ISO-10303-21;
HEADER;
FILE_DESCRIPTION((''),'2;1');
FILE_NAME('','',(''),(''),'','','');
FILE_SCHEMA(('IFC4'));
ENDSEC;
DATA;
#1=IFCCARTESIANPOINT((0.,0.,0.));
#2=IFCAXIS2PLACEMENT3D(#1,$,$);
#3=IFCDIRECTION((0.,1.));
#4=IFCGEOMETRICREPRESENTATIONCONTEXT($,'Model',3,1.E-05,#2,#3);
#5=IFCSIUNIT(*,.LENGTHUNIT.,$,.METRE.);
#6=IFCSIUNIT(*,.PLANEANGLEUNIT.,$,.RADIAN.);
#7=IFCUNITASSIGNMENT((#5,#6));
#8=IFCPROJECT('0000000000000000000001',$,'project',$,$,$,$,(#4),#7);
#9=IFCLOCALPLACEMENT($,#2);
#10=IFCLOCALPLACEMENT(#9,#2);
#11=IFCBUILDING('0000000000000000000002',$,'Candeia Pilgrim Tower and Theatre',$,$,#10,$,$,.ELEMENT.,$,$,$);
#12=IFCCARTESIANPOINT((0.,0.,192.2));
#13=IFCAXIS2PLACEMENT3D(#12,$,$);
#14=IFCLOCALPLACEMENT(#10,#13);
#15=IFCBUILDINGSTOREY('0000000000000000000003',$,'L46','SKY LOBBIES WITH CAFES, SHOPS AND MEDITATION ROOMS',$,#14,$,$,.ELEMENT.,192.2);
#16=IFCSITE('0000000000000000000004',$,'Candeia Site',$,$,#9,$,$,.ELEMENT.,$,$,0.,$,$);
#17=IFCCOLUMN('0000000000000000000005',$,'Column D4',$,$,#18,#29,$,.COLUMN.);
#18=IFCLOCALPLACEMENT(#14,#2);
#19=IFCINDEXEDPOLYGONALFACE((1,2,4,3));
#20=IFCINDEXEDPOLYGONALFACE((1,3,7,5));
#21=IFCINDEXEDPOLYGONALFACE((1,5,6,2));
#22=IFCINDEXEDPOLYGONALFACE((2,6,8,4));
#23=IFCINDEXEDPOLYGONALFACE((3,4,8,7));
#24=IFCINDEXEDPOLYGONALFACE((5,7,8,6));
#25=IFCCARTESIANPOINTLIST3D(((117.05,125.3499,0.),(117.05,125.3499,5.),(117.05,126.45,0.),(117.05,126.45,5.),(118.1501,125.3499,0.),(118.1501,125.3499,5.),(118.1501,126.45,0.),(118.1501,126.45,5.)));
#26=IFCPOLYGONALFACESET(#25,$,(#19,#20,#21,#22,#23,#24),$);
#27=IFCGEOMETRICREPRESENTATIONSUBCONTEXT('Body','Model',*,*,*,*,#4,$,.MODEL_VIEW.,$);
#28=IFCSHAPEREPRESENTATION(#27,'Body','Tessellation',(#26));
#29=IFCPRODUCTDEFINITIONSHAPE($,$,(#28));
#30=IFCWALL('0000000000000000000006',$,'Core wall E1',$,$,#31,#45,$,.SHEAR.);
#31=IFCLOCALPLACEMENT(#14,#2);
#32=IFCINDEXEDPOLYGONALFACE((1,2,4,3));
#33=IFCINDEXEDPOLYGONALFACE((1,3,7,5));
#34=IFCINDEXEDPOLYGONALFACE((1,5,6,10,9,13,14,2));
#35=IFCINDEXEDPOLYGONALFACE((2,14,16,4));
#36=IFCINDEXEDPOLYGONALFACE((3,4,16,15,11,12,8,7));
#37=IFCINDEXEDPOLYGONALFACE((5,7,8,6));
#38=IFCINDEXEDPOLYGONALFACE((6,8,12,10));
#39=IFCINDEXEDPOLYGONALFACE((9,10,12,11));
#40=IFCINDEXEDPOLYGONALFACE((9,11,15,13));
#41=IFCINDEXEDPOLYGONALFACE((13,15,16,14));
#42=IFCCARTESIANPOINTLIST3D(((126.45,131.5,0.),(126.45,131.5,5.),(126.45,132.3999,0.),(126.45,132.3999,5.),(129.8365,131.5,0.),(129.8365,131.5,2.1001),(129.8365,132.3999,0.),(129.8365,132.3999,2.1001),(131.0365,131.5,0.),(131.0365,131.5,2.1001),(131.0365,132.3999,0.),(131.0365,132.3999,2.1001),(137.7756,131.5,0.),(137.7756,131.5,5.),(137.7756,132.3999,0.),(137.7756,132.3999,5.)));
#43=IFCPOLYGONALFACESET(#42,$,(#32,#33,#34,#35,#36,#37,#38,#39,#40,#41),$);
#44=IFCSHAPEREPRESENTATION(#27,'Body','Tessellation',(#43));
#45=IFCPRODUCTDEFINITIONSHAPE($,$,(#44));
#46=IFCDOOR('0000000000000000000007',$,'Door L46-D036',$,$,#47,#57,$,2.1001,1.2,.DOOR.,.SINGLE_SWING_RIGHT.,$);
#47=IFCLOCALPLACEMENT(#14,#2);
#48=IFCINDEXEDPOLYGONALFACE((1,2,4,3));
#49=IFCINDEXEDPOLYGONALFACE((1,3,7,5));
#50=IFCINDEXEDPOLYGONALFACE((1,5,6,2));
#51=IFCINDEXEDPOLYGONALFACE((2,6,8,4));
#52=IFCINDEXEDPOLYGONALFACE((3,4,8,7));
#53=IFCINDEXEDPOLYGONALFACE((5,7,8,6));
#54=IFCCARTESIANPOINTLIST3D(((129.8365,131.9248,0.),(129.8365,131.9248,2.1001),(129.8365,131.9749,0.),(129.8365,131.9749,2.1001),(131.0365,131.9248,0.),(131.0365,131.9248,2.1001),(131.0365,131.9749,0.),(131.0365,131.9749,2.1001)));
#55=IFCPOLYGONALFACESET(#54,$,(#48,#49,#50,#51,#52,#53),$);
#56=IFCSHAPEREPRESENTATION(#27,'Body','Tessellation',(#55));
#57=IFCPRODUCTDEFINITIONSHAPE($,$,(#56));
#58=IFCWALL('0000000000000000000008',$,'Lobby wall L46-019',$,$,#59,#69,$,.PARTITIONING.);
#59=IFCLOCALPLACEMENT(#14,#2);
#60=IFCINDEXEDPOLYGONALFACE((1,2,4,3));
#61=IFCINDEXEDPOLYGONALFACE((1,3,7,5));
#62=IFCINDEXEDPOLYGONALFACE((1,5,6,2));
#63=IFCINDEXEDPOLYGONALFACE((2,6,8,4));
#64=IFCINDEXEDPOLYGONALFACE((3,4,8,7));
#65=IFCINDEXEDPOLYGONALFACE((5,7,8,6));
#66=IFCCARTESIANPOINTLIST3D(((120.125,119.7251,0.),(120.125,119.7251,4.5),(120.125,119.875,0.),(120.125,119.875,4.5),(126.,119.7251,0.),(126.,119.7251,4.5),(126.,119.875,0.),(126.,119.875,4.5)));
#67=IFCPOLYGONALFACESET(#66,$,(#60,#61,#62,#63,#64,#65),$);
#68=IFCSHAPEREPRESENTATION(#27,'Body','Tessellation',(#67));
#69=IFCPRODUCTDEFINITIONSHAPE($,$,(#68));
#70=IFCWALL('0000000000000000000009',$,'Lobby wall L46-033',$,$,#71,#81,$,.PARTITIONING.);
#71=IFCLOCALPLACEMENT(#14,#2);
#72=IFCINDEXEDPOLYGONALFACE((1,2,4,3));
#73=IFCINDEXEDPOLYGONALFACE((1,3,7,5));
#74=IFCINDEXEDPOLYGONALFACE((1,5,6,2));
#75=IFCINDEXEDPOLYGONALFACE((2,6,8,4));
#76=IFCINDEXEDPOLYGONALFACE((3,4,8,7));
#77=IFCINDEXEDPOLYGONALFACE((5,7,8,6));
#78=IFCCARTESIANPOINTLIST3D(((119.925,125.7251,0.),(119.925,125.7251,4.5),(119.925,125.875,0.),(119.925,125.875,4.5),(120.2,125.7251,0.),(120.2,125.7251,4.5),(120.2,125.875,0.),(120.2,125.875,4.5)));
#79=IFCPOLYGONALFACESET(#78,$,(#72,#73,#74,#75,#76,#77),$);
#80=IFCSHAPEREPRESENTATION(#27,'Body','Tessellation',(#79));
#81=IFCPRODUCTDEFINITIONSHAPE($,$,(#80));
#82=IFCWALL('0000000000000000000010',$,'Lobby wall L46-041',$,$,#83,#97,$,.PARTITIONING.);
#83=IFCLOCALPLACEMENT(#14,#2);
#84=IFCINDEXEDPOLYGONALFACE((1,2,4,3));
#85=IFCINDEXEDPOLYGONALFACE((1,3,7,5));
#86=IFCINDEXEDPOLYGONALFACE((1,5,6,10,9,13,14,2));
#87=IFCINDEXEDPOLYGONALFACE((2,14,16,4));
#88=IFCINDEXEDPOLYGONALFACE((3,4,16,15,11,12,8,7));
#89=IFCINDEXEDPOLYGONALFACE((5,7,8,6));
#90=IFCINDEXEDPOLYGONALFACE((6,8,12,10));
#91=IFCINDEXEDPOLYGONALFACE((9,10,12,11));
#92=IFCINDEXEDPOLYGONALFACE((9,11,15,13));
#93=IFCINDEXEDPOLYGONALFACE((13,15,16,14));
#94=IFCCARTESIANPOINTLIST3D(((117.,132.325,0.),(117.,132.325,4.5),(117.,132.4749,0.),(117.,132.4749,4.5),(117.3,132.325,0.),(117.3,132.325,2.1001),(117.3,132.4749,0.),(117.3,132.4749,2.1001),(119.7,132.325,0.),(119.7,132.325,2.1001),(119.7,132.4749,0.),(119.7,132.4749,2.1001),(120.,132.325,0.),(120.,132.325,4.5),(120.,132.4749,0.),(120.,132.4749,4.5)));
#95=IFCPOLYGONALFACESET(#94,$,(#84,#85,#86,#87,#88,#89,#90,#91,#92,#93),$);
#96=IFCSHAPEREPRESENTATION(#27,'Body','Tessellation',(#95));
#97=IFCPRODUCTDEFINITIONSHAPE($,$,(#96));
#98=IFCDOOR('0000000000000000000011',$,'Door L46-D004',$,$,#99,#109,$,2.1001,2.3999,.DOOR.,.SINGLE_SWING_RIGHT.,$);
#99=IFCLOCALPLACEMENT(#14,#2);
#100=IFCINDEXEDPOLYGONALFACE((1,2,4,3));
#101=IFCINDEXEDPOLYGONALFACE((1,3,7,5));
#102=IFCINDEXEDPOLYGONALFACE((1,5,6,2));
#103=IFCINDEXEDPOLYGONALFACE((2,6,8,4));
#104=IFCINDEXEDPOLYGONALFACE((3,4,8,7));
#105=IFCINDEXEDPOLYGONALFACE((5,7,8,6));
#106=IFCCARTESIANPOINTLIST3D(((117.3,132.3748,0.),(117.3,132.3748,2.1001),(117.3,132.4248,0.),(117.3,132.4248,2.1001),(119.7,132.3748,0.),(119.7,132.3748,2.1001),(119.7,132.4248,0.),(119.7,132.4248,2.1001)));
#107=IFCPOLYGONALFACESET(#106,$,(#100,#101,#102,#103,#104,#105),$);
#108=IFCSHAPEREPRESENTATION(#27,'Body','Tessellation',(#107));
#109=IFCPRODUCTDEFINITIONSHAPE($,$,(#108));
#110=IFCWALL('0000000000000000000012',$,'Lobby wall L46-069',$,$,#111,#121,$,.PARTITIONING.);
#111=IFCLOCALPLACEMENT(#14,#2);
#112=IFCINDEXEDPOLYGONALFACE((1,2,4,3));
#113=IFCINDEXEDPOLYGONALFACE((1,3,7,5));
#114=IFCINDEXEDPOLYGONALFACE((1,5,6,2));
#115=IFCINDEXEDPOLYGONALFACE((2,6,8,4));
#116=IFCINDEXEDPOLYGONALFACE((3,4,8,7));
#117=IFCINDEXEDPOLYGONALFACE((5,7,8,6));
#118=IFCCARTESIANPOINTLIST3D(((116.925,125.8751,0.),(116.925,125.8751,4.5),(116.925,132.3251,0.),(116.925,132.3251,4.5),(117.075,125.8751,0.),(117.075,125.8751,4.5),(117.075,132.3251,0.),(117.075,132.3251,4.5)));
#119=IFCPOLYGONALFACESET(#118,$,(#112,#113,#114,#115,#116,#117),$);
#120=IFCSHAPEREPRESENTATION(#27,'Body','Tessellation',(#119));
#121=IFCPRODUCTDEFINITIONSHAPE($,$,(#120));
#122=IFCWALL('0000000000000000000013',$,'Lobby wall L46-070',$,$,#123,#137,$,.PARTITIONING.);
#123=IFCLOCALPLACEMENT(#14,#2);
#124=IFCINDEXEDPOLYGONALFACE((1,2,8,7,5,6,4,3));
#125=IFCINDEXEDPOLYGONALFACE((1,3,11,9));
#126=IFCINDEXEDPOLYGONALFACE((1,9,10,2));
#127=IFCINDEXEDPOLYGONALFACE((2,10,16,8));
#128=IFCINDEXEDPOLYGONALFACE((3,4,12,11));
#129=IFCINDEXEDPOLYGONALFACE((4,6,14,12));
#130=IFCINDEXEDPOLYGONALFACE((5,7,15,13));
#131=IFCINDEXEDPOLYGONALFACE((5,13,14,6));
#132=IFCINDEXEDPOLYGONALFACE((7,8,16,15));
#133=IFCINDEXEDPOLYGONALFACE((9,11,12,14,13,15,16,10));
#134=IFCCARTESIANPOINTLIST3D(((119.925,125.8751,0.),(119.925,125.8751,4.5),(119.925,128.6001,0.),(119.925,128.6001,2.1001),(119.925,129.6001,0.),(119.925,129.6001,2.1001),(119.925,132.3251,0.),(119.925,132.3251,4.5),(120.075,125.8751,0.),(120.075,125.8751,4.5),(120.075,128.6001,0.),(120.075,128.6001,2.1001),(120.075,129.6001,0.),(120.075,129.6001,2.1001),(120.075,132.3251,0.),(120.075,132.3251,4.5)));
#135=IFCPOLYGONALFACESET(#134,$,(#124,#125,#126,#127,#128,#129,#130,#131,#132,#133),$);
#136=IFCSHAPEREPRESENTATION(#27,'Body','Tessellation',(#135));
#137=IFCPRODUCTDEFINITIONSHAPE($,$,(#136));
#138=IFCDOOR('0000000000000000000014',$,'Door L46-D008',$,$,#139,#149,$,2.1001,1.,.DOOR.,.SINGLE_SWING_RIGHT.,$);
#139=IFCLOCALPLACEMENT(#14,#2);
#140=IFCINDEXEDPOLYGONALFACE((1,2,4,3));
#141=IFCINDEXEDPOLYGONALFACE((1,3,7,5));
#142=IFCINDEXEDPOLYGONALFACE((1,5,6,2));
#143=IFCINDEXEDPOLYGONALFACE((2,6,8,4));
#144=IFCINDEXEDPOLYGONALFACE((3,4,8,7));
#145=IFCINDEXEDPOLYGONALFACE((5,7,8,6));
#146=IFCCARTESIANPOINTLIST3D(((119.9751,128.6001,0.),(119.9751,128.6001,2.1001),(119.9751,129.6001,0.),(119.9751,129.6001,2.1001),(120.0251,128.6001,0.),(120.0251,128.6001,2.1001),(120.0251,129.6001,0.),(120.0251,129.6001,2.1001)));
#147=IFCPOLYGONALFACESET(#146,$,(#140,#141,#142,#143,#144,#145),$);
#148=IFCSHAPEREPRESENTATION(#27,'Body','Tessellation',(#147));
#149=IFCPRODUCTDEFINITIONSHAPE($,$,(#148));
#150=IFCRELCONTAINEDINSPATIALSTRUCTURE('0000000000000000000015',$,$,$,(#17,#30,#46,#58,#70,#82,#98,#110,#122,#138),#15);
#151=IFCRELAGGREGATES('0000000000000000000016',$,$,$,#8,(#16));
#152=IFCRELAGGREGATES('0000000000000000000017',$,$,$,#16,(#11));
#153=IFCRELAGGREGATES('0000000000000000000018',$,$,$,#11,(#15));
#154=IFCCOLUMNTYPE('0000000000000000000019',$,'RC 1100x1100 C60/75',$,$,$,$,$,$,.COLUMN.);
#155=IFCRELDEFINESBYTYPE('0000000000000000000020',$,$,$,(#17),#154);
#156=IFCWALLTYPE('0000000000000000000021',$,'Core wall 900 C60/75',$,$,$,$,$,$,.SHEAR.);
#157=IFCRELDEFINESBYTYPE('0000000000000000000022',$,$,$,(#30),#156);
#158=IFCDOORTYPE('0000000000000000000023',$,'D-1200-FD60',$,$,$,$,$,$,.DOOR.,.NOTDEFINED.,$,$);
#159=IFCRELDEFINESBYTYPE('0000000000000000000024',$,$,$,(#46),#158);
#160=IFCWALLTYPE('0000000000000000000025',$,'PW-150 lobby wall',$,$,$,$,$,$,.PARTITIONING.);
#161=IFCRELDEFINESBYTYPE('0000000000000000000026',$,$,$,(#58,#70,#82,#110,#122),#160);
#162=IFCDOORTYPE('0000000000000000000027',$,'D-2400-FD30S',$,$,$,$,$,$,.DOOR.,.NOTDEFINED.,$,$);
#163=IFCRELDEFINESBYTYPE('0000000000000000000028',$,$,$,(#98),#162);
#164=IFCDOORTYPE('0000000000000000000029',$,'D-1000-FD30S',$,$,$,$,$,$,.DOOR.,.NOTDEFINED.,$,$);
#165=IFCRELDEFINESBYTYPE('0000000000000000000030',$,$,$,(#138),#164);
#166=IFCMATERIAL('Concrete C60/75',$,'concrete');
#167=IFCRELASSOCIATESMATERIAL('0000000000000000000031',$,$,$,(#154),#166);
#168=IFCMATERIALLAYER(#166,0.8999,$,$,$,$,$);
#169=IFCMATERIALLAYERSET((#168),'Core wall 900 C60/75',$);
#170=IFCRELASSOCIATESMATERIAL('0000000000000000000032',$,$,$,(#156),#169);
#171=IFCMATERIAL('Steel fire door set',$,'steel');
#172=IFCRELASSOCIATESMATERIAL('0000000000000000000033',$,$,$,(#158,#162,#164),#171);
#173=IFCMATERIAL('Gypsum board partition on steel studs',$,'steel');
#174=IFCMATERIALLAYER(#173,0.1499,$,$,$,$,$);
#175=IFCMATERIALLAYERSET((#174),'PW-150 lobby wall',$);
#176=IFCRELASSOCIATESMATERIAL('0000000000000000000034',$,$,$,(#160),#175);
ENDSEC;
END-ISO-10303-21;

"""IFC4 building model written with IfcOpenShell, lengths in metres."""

from ifc_helpers import new_model, si_unit, direction, frame, frame_2d, origin, origin_2d, place, context, subcontext, project, spatial, rectangle, extrude, material, layer, layer_set, material_profile, profile_set, type_object, element, fill, save


model = new_model("IFC4")

# Units and contexts
model_context = context("Model", 3, precision=1e-05, world=origin(), true_north=direction((0.0, 1.0)))
body_context = subcontext(model_context, "Body", "Model", "MODEL_VIEW")
ifc_project = project(units=[si_unit("LENGTHUNIT", "METRE"), si_unit("PLANEANGLEUNIT", "RADIAN")], contexts=[model_context])

# Site, building, storey
site_placement = place(None, origin())
site = spatial("IfcSite", under=ifc_project, at=site_placement, Name="Candeia Site", CompositionType="ELEMENT", RefElevation=0.0)
building_placement = place(site_placement, origin())
building = spatial("IfcBuilding", under=site, at=building_placement, Name="Candeia Pilgrim Tower and Theatre", CompositionType="ELEMENT")
storey_placement = place(building_placement, frame((0.0, 0.0, 192.2)))
storey = spatial("IfcBuildingStorey", under=building, at=storey_placement, Name="L46", Description="SKY LOBBIES WITH CAFES, SHOPS AND MEDITATION ROOMS", CompositionType="ELEMENT", Elevation=192.2)

# Column
ifc_material_1 = material(Name="Concrete C60/75", Category="concrete")
ifc_material_profile = material_profile(ifc_material_1, rectangle(XDim=1.1001, YDim=1.1001, at=origin_2d()))
ifc_profile_set = profile_set([ifc_material_profile], Name="Concrete C60/75")
column_type = type_object("IfcColumnType", Name="RC 1100x1100 C60/75", PredefinedType="COLUMN", material=ifc_profile_set)
column_placement = place(storey_placement, frame((117.6001, 125.8999, 0.0), z_axis=(0.0, 0.0, 1.0), x_axis=(1.0, 0.0, 0.0)))
element("IfcColumn", 1, at=column_placement, inside=storey, type_object=column_type, Name="Column D4", PredefinedType="COLUMN", context=body_context, shape_type="SweptSolid", body=[
    extrude(rectangle(XDim=1.1001, YDim=1.1001, at=origin_2d()), origin(), (0.0, 0.0, 1.0), 5.0),
])

# Wall, opening, door
ifc_layer_1 = layer(ifc_material_1, 0.8999)
ifc_layer_set_1 = layer_set([ifc_layer_1], Name="Core wall 900 C60/75")
wall_type_1 = type_object("IfcWallType", Name="Core wall 900 C60/75", PredefinedType="SHEAR", material=ifc_layer_set_1)
wall_1_placement = place(storey_placement, frame((126.45, 131.95, 0.0), z_axis=(0.0, 0.0, 1.0), x_axis=(1.0, 0.0, 0.0)))
wall_1 = element("IfcWall", 2, at=wall_1_placement, inside=storey, type_object=wall_type_1, Name="Core wall E1", PredefinedType="SHEAR", context=body_context, shape_type="SweptSolid", body=[
    extrude(rectangle(XDim=11.3257, YDim=0.8999, at=frame_2d((5.6628, 0.0))), origin(), (0.0, 0.0, 1.0), 5.0),
])
opening_1_placement = place(wall_1_placement, frame((3.3865, 0.0, 0.0)))
opening_1 = element("IfcOpeningElement", 3, at=opening_1_placement, cuts=wall_1, PredefinedType="OPENING", context=body_context, shape_type="SweptSolid", body=[
    extrude(rectangle(XDim=1.2, YDim=2.1001, at=frame_2d((0.6001, 1.05))), frame((0.0, 0.46, 0.0), z_axis=(0.0, -1.0, 0.0), x_axis=(1.0, 0.0, 0.0)), (0.0, 0.0, 1.0), 0.9199),
])
ifc_material_2 = material(Name="Steel fire door set", Category="steel")
door_type_1 = type_object("IfcDoorType", Name="D-1200-FD60", OperationType="NOTDEFINED", PredefinedType="DOOR", material=ifc_material_2)
door_1_placement = place(opening_1_placement, origin())
door_1 = element("IfcDoor", 4, at=door_1_placement, inside=storey, type_object=door_type_1, Name="Door L46-D036", OperationType="SINGLE_SWING_RIGHT", OverallHeight=2.1001, OverallWidth=1.2, PredefinedType="DOOR", context=body_context, shape_type="SweptSolid", body=[
    extrude(rectangle(XDim=1.2, YDim=2.1001, at=frame_2d((0.6001, 1.05))), frame((0.0, 0.0249, 0.0), z_axis=(0.0, -1.0, 0.0), x_axis=(1.0, 0.0, 0.0)), (0.0, 0.0, 1.0), 0.05),
])
fill(opening_1, door_1)

# Walls
ifc_material_3 = material(Name="Gypsum board partition on steel studs", Category="steel")
ifc_layer_2 = layer(ifc_material_3, 0.1499)
ifc_layer_set_2 = layer_set([ifc_layer_2], Name="PW-150 lobby wall")
wall_type_2 = type_object("IfcWallType", Name="PW-150 lobby wall", PredefinedType="PARTITIONING", material=ifc_layer_set_2)
wall_2_placement = place(storey_placement, frame((120.125, 119.8, 0.0), z_axis=(0.0, 0.0, 1.0), x_axis=(1.0, 0.0, 0.0)))
element("IfcWall", 5, at=wall_2_placement, inside=storey, type_object=wall_type_2, Name="Lobby wall L46-019", PredefinedType="PARTITIONING", context=body_context, shape_type="SweptSolid", body=[
    extrude(rectangle(XDim=5.875, YDim=0.1499, at=frame_2d((2.9375, 0.0))), origin(), (0.0, 0.0, 1.0), 4.5),
])
wall_3_placement = place(storey_placement, frame((119.925, 125.8, 0.0), z_axis=(0.0, 0.0, 1.0), x_axis=(1.0, 0.0, 0.0)))
element("IfcWall", 6, at=wall_3_placement, inside=storey, type_object=wall_type_2, Name="Lobby wall L46-033", PredefinedType="PARTITIONING", context=body_context, shape_type="SweptSolid", body=[
    extrude(rectangle(XDim=0.2749, YDim=0.1499, at=frame_2d((0.1375, 0.0))), origin(), (0.0, 0.0, 1.0), 4.5),
])

# Wall, opening, door
wall_4_placement = place(storey_placement, frame((117.0, 132.3999, 0.0), z_axis=(0.0, 0.0, 1.0), x_axis=(1.0, 0.0, 0.0)))
wall_4 = element("IfcWall", 7, at=wall_4_placement, inside=storey, type_object=wall_type_2, Name="Lobby wall L46-041", PredefinedType="PARTITIONING", context=body_context, shape_type="SweptSolid", body=[
    extrude(rectangle(XDim=3.0, YDim=0.1499, at=frame_2d((1.5, 0.0))), origin(), (0.0, 0.0, 1.0), 4.5),
])
opening_2_placement = place(wall_4_placement, frame((0.3, 0.0, 0.0)))
opening_2 = element("IfcOpeningElement", 8, at=opening_2_placement, cuts=wall_4, PredefinedType="OPENING", context=body_context, shape_type="SweptSolid", body=[
    extrude(rectangle(XDim=2.3999, YDim=2.1001, at=frame_2d((1.2, 1.05))), frame((0.0, 0.085, 0.0), z_axis=(0.0, -1.0, 0.0), x_axis=(1.0, 0.0, 0.0)), (0.0, 0.0, 1.0), 0.1699),
])
door_type_2 = type_object("IfcDoorType", Name="D-2400-FD30S", OperationType="NOTDEFINED", PredefinedType="DOOR", material=ifc_material_2)
door_2_placement = place(opening_2_placement, origin())
door_2 = element("IfcDoor", 9, at=door_2_placement, inside=storey, type_object=door_type_2, Name="Door L46-D004", OperationType="SINGLE_SWING_RIGHT", OverallHeight=2.1001, OverallWidth=2.3999, PredefinedType="DOOR", context=body_context, shape_type="SweptSolid", body=[
    extrude(rectangle(XDim=2.3999, YDim=2.1001, at=frame_2d((1.2, 1.05))), frame((0.0, 0.0249, 0.0), z_axis=(0.0, -1.0, 0.0), x_axis=(1.0, 0.0, 0.0)), (0.0, 0.0, 1.0), 0.05),
])
fill(opening_2, door_2)

# Wall
wall_5_placement = place(storey_placement, frame((117.0, 125.875, 0.0), z_axis=(0.0, 0.0, 1.0), x_axis=(0.0, 1.0, 0.0)))
element("IfcWall", 10, at=wall_5_placement, inside=storey, type_object=wall_type_2, Name="Lobby wall L46-069", PredefinedType="PARTITIONING", context=body_context, shape_type="SweptSolid", body=[
    extrude(rectangle(XDim=6.45, YDim=0.1499, at=frame_2d((3.2251, 0.0))), origin(), (0.0, 0.0, 1.0), 4.5),
])

# Wall, opening, door
wall_6_placement = place(storey_placement, frame((120.0, 125.875, 0.0), z_axis=(0.0, 0.0, 1.0), x_axis=(0.0, 1.0, 0.0)))
wall_6 = element("IfcWall", 11, at=wall_6_placement, inside=storey, type_object=wall_type_2, Name="Lobby wall L46-070", PredefinedType="PARTITIONING", context=body_context, shape_type="SweptSolid", body=[
    extrude(rectangle(XDim=6.45, YDim=0.1499, at=frame_2d((3.2251, 0.0))), origin(), (0.0, 0.0, 1.0), 4.5),
])
opening_3_placement = place(wall_6_placement, frame((2.7251, 0.0, 0.0)))
opening_3 = element("IfcOpeningElement", 12, at=opening_3_placement, cuts=wall_6, PredefinedType="OPENING", context=body_context, shape_type="SweptSolid", body=[
    extrude(rectangle(XDim=1.0, YDim=2.1001, at=frame_2d((0.5, 1.05))), frame((0.0, 0.085, 0.0), z_axis=(0.0, -1.0, 0.0), x_axis=(1.0, 0.0, 0.0)), (0.0, 0.0, 1.0), 0.1699),
])
door_type_3 = type_object("IfcDoorType", Name="D-1000-FD30S", OperationType="NOTDEFINED", PredefinedType="DOOR", material=ifc_material_2)
door_3_placement = place(opening_3_placement, origin())
door_3 = element("IfcDoor", 13, at=door_3_placement, inside=storey, type_object=door_type_3, Name="Door L46-D008", OperationType="SINGLE_SWING_RIGHT", OverallHeight=2.1001, OverallWidth=1.0, PredefinedType="DOOR", context=body_context, shape_type="SweptSolid", body=[
    extrude(rectangle(XDim=1.0, YDim=2.1001, at=frame_2d((0.5, 1.05))), frame((0.0, 0.0249, 0.0), z_axis=(0.0, -1.0, 0.0), x_axis=(1.0, 0.0, 0.0)), (0.0, 0.0, 1.0), 0.05),
])
fill(opening_3, door_3)

save(model, "model.ifc")
